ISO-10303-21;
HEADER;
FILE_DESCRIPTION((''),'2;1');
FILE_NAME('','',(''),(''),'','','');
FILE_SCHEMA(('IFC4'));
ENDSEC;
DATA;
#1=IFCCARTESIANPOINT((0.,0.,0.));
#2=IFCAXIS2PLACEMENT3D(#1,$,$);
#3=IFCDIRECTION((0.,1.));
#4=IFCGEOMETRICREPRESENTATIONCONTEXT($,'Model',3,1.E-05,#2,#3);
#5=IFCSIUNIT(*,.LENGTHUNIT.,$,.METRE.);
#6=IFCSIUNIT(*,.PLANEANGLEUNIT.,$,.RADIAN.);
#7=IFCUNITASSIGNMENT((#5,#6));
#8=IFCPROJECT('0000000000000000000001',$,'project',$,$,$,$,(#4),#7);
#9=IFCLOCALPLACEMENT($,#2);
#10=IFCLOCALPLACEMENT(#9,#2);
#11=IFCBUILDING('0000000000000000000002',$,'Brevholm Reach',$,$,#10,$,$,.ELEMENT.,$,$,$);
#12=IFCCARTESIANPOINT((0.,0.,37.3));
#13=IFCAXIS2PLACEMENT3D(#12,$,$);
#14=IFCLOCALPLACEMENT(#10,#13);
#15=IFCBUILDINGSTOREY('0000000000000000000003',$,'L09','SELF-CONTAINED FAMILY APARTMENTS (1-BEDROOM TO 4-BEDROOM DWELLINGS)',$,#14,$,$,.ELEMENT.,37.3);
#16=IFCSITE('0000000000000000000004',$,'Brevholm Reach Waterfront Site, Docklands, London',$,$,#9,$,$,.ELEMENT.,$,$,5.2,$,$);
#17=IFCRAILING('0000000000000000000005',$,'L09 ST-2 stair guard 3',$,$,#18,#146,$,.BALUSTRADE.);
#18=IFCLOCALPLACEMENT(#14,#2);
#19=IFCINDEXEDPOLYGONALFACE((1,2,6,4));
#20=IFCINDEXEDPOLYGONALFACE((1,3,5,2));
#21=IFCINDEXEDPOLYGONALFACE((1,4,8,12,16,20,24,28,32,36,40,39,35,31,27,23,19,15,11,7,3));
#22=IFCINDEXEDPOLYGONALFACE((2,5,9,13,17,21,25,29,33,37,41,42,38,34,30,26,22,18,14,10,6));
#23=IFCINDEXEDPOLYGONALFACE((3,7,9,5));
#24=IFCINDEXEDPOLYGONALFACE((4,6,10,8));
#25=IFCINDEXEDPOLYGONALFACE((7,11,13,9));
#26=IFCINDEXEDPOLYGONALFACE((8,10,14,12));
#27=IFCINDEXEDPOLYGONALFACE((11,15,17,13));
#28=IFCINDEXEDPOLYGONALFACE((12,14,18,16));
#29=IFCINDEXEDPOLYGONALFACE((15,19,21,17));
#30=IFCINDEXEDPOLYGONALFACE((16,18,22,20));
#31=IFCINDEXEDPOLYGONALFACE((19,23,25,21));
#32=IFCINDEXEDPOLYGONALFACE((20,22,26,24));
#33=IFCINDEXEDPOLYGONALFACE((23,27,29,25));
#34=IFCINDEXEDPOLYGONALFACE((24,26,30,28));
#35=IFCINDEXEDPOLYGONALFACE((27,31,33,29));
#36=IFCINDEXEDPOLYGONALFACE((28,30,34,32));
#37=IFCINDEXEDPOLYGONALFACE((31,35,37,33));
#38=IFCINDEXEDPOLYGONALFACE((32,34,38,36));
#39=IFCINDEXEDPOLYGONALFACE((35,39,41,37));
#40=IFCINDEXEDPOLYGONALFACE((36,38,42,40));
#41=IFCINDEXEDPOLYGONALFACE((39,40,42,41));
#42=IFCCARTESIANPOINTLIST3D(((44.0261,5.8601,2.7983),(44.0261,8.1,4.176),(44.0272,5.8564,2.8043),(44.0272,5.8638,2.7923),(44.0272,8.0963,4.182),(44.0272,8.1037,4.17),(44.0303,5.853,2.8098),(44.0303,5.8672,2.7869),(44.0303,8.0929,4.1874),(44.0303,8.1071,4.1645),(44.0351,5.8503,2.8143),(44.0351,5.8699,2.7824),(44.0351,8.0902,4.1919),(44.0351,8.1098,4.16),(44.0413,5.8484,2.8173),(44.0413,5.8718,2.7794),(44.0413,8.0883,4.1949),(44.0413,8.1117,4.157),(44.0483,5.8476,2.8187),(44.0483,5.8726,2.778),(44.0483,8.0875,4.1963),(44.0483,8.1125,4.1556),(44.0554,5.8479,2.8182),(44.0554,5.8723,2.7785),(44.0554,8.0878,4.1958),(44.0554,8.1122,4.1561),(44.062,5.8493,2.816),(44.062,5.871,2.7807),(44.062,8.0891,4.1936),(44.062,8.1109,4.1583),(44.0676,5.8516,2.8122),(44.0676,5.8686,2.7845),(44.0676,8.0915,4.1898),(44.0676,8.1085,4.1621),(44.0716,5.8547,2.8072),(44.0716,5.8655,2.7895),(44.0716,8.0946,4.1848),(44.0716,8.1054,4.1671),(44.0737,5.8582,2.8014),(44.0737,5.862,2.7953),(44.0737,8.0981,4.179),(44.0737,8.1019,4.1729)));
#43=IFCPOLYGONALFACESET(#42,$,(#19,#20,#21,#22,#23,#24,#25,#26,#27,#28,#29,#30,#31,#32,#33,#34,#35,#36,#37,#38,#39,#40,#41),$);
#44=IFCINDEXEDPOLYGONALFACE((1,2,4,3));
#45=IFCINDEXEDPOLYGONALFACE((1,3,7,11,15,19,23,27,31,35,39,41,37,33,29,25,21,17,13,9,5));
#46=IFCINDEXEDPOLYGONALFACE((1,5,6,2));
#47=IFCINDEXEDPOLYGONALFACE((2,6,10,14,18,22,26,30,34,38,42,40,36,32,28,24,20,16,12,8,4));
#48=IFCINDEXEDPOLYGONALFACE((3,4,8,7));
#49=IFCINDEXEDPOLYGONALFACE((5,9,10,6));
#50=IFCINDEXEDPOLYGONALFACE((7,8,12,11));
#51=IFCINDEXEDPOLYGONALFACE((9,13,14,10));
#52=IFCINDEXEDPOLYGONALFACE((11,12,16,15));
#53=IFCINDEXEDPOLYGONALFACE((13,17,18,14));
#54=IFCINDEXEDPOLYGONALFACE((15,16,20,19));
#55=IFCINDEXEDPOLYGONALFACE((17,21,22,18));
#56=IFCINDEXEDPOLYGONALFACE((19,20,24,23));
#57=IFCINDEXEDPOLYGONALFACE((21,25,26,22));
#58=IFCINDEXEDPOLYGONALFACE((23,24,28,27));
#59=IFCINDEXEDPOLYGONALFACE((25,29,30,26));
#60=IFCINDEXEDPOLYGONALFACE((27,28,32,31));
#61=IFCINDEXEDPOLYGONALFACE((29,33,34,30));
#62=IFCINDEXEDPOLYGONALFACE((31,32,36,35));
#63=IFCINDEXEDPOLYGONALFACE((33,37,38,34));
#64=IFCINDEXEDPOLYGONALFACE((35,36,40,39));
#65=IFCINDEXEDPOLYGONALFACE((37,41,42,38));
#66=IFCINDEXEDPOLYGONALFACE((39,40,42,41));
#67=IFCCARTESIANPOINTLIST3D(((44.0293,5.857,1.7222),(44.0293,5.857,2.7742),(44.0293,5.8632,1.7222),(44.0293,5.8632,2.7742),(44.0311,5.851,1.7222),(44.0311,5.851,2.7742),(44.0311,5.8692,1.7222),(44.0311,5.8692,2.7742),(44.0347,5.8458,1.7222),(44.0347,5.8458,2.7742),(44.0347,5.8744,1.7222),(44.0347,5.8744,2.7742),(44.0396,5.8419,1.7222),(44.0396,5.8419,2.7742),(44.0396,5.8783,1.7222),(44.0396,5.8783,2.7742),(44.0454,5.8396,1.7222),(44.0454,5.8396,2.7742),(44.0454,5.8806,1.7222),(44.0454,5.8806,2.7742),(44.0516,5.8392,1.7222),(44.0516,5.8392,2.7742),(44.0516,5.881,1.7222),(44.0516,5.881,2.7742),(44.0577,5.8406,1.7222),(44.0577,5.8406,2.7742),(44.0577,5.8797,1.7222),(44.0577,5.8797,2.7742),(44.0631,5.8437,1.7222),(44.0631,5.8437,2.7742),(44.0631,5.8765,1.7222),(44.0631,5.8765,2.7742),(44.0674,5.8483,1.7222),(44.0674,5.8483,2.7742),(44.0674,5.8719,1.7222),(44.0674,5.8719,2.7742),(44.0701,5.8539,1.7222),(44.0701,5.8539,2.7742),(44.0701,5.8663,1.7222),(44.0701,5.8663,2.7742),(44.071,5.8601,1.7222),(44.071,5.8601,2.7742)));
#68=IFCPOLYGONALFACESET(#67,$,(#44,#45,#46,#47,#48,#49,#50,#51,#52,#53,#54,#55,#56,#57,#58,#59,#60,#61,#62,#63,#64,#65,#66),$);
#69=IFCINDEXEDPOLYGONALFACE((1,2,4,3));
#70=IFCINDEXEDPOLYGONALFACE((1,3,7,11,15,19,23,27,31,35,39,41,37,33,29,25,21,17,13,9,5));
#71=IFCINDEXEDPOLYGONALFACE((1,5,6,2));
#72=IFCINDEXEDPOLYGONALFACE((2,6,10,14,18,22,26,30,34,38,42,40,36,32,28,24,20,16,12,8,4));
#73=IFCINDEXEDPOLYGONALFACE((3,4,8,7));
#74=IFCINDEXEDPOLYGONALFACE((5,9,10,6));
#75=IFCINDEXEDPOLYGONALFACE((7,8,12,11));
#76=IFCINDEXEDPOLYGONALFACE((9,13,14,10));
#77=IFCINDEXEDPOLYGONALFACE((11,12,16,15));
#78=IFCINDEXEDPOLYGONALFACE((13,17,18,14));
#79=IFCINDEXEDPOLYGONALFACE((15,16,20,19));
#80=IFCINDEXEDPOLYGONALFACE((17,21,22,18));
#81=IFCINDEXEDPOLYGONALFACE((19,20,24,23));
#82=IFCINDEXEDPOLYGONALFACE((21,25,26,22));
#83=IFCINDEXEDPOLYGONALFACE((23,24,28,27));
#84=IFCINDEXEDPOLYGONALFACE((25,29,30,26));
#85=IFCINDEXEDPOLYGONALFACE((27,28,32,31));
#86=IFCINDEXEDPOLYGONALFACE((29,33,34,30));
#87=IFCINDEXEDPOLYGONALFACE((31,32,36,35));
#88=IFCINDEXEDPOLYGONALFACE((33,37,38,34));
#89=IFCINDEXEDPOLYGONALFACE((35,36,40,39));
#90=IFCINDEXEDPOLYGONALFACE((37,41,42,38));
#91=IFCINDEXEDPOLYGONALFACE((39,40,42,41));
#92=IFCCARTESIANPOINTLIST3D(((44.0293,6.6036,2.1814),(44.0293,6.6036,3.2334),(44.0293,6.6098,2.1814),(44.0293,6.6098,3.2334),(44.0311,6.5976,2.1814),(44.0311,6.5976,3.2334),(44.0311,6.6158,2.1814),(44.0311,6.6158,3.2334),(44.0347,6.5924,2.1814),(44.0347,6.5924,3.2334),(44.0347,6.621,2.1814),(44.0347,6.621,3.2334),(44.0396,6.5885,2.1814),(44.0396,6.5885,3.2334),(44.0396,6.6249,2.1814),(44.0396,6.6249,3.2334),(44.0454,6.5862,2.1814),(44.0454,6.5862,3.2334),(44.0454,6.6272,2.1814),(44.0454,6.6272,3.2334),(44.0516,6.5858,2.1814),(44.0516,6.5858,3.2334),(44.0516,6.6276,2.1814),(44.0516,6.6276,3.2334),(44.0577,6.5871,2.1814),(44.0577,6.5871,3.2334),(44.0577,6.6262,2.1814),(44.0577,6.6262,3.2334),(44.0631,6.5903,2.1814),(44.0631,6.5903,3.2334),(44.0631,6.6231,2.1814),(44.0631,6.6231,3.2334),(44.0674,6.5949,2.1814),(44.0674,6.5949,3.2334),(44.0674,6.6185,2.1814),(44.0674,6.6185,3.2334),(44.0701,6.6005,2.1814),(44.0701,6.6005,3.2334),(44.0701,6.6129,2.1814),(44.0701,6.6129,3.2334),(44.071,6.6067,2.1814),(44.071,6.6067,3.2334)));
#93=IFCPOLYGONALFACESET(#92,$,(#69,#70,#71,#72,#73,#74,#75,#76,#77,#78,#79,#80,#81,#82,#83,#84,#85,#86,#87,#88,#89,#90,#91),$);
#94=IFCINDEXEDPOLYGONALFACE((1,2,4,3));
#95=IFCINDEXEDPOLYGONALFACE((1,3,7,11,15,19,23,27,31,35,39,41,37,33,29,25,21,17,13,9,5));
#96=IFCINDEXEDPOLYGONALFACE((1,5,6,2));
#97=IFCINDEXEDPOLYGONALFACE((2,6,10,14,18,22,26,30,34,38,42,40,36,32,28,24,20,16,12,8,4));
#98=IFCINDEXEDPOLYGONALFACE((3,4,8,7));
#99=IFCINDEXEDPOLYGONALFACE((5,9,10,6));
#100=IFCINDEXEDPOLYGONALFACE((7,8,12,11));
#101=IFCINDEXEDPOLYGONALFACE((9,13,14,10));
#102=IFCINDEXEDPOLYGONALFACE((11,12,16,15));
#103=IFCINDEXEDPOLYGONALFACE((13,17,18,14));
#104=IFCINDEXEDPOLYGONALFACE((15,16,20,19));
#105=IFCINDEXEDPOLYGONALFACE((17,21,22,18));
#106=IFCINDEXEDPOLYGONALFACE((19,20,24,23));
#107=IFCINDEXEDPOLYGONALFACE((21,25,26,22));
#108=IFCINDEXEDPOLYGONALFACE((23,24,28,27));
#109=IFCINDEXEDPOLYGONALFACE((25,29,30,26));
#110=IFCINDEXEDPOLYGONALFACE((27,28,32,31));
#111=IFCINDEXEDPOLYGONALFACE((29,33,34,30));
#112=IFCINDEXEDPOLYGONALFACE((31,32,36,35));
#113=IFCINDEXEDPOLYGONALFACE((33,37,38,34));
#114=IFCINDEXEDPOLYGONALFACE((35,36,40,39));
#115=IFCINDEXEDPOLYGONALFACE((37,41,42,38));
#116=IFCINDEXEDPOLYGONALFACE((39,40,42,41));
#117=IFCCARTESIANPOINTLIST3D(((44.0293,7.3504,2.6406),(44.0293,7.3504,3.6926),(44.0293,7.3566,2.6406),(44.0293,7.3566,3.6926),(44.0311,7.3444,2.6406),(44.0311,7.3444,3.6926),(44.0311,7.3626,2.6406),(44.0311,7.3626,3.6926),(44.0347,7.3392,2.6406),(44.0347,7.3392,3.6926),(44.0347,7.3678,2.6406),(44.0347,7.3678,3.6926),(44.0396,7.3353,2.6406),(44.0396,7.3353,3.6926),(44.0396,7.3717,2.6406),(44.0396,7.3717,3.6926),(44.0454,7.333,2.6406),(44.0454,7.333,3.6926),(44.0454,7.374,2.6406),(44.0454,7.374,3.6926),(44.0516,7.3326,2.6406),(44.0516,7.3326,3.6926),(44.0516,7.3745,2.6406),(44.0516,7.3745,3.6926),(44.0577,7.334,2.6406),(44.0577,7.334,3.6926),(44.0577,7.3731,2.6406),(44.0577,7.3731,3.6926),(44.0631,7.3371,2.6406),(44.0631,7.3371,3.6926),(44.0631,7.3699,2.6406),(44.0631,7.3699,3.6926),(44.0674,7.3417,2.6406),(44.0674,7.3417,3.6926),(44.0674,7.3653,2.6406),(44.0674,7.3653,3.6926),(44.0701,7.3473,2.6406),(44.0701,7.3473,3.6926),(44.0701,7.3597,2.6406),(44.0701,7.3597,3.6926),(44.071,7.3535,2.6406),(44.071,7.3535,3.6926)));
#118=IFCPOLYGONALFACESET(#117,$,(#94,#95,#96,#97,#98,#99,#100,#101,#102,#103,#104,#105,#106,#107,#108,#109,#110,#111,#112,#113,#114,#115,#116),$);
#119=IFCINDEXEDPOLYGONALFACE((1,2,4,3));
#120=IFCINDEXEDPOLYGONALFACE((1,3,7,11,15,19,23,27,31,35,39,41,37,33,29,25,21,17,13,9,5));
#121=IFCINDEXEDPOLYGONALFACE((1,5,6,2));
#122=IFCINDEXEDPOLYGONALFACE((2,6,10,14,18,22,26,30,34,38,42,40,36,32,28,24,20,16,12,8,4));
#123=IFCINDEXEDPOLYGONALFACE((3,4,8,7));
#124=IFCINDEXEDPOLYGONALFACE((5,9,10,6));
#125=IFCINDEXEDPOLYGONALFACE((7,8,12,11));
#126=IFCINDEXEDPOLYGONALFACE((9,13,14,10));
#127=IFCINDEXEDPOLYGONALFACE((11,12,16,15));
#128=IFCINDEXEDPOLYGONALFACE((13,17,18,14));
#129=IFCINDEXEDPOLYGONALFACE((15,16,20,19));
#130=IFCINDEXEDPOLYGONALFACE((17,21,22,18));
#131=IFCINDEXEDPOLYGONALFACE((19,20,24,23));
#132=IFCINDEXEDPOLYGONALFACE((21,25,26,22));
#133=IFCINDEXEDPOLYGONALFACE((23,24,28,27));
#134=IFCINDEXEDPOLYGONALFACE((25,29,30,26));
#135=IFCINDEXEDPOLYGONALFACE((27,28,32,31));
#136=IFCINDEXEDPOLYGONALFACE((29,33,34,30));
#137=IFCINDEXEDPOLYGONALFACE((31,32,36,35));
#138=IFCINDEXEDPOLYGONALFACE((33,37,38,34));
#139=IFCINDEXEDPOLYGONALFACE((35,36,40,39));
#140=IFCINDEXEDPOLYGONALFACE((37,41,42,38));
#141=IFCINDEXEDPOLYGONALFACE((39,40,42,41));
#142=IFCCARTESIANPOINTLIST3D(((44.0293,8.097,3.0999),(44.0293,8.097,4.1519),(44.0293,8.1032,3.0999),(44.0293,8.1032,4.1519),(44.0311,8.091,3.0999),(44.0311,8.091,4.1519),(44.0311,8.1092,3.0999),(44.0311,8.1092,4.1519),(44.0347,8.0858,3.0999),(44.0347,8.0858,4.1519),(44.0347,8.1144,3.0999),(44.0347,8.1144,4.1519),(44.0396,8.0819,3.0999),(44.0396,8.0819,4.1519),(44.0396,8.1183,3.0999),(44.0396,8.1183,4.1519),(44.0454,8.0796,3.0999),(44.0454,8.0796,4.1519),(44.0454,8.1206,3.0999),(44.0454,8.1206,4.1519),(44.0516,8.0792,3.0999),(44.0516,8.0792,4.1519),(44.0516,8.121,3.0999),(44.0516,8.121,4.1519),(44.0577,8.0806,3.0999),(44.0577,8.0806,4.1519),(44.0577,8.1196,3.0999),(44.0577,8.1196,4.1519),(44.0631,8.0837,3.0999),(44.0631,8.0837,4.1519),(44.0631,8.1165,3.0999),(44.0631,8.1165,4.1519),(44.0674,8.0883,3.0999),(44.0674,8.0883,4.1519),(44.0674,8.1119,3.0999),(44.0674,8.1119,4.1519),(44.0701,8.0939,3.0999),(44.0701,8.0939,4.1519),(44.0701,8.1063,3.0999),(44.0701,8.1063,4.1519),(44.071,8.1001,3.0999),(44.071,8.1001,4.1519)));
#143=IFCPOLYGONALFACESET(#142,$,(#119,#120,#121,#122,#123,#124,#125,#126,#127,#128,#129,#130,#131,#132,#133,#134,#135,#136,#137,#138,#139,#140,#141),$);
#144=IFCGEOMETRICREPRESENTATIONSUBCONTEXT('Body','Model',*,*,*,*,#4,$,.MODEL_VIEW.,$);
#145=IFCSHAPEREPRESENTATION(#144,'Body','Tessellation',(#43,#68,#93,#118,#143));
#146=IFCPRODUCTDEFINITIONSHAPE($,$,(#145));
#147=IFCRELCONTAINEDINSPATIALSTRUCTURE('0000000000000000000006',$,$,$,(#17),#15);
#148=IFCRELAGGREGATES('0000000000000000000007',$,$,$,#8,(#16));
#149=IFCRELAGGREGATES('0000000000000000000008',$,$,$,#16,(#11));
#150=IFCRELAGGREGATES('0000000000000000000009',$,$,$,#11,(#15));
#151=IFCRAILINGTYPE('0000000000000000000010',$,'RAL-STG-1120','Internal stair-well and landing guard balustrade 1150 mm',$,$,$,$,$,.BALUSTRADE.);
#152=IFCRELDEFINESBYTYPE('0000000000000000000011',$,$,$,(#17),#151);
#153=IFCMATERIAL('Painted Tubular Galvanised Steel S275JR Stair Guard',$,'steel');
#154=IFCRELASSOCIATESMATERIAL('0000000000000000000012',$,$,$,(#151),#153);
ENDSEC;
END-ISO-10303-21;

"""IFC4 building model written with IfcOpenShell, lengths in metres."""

from ifc_helpers import new_model, si_unit, direction, frame, origin, origin_2d, place, context, subcontext, project, spatial, circle, extrude, material, type_object, element, save


model = new_model("IFC4")

# Units and contexts
model_context = context("Model", 3, precision=1e-05, world=origin(), true_north=direction((0.0, 1.0)))
body_context = subcontext(model_context, "Body", "Model", "MODEL_VIEW")
ifc_project = project(units=[si_unit("LENGTHUNIT", "METRE"), si_unit("PLANEANGLEUNIT", "RADIAN")], contexts=[model_context])

# Site, building, storey
site_placement = place(None, origin())
site = spatial("IfcSite", under=ifc_project, at=site_placement, Name="Brevholm Reach Waterfront Site, Docklands, London", CompositionType="ELEMENT", RefElevation=5.2)
building_placement = place(site_placement, origin())
building = spatial("IfcBuilding", under=site, at=building_placement, Name="Brevholm Reach", CompositionType="ELEMENT")
storey_placement = place(building_placement, frame((0.0, 0.0, 37.3)))
storey = spatial("IfcBuildingStorey", under=building, at=storey_placement, Name="L09", Description="SELF-CONTAINED FAMILY APARTMENTS (1-BEDROOM TO 4-BEDROOM DWELLINGS)", CompositionType="ELEMENT", Elevation=37.3)

# Railing
ifc_material_1 = material(Name="Painted Tubular Galvanised Steel S275JR Stair Guard", Category="steel")
railing_type_1 = type_object("IfcRailingType", Name="RAL-STG-1120", Description="Internal stair-well and landing guard balustrade 1150 mm", PredefinedType="BALUSTRADE", material=ifc_material_1)
railing_1_placement = place(storey_placement, frame((44.05, 5.8601, 1.7222)))
element("IfcRailing", 1, at=railing_1_placement, inside=storey, type_object=railing_type_1, Name="L09 ST-2 stair guard 3", PredefinedType="BALUSTRADE", context=body_context, shape_type="SweptSolid", body=[
    extrude(circle(Radius=0.0239, at=origin_2d()), frame((0.0, 0.0, 1.0762), z_axis=(0.0, 0.851789, 0.523885), x_axis=(-1.0, 0.0, 0.0)), (0.0, 0.0, 1.0), 2.6296),
    extrude(circle(Radius=0.021, at=origin_2d()), origin(), (0.0, 0.0, 1.0), 1.052),
    extrude(circle(Radius=0.021, at=origin_2d()), frame((0.0, 0.7466, 0.4592)), (0.0, 0.0, 1.0), 1.052),
    extrude(circle(Radius=0.021, at=origin_2d()), frame((0.0, 1.4934, 0.9185)), (0.0, 0.0, 1.0), 1.052),
    extrude(circle(Radius=0.021, at=origin_2d()), frame((0.0, 2.24, 1.3777)), (0.0, 0.0, 1.0), 1.052),
])

save(model, "model.ifc")
